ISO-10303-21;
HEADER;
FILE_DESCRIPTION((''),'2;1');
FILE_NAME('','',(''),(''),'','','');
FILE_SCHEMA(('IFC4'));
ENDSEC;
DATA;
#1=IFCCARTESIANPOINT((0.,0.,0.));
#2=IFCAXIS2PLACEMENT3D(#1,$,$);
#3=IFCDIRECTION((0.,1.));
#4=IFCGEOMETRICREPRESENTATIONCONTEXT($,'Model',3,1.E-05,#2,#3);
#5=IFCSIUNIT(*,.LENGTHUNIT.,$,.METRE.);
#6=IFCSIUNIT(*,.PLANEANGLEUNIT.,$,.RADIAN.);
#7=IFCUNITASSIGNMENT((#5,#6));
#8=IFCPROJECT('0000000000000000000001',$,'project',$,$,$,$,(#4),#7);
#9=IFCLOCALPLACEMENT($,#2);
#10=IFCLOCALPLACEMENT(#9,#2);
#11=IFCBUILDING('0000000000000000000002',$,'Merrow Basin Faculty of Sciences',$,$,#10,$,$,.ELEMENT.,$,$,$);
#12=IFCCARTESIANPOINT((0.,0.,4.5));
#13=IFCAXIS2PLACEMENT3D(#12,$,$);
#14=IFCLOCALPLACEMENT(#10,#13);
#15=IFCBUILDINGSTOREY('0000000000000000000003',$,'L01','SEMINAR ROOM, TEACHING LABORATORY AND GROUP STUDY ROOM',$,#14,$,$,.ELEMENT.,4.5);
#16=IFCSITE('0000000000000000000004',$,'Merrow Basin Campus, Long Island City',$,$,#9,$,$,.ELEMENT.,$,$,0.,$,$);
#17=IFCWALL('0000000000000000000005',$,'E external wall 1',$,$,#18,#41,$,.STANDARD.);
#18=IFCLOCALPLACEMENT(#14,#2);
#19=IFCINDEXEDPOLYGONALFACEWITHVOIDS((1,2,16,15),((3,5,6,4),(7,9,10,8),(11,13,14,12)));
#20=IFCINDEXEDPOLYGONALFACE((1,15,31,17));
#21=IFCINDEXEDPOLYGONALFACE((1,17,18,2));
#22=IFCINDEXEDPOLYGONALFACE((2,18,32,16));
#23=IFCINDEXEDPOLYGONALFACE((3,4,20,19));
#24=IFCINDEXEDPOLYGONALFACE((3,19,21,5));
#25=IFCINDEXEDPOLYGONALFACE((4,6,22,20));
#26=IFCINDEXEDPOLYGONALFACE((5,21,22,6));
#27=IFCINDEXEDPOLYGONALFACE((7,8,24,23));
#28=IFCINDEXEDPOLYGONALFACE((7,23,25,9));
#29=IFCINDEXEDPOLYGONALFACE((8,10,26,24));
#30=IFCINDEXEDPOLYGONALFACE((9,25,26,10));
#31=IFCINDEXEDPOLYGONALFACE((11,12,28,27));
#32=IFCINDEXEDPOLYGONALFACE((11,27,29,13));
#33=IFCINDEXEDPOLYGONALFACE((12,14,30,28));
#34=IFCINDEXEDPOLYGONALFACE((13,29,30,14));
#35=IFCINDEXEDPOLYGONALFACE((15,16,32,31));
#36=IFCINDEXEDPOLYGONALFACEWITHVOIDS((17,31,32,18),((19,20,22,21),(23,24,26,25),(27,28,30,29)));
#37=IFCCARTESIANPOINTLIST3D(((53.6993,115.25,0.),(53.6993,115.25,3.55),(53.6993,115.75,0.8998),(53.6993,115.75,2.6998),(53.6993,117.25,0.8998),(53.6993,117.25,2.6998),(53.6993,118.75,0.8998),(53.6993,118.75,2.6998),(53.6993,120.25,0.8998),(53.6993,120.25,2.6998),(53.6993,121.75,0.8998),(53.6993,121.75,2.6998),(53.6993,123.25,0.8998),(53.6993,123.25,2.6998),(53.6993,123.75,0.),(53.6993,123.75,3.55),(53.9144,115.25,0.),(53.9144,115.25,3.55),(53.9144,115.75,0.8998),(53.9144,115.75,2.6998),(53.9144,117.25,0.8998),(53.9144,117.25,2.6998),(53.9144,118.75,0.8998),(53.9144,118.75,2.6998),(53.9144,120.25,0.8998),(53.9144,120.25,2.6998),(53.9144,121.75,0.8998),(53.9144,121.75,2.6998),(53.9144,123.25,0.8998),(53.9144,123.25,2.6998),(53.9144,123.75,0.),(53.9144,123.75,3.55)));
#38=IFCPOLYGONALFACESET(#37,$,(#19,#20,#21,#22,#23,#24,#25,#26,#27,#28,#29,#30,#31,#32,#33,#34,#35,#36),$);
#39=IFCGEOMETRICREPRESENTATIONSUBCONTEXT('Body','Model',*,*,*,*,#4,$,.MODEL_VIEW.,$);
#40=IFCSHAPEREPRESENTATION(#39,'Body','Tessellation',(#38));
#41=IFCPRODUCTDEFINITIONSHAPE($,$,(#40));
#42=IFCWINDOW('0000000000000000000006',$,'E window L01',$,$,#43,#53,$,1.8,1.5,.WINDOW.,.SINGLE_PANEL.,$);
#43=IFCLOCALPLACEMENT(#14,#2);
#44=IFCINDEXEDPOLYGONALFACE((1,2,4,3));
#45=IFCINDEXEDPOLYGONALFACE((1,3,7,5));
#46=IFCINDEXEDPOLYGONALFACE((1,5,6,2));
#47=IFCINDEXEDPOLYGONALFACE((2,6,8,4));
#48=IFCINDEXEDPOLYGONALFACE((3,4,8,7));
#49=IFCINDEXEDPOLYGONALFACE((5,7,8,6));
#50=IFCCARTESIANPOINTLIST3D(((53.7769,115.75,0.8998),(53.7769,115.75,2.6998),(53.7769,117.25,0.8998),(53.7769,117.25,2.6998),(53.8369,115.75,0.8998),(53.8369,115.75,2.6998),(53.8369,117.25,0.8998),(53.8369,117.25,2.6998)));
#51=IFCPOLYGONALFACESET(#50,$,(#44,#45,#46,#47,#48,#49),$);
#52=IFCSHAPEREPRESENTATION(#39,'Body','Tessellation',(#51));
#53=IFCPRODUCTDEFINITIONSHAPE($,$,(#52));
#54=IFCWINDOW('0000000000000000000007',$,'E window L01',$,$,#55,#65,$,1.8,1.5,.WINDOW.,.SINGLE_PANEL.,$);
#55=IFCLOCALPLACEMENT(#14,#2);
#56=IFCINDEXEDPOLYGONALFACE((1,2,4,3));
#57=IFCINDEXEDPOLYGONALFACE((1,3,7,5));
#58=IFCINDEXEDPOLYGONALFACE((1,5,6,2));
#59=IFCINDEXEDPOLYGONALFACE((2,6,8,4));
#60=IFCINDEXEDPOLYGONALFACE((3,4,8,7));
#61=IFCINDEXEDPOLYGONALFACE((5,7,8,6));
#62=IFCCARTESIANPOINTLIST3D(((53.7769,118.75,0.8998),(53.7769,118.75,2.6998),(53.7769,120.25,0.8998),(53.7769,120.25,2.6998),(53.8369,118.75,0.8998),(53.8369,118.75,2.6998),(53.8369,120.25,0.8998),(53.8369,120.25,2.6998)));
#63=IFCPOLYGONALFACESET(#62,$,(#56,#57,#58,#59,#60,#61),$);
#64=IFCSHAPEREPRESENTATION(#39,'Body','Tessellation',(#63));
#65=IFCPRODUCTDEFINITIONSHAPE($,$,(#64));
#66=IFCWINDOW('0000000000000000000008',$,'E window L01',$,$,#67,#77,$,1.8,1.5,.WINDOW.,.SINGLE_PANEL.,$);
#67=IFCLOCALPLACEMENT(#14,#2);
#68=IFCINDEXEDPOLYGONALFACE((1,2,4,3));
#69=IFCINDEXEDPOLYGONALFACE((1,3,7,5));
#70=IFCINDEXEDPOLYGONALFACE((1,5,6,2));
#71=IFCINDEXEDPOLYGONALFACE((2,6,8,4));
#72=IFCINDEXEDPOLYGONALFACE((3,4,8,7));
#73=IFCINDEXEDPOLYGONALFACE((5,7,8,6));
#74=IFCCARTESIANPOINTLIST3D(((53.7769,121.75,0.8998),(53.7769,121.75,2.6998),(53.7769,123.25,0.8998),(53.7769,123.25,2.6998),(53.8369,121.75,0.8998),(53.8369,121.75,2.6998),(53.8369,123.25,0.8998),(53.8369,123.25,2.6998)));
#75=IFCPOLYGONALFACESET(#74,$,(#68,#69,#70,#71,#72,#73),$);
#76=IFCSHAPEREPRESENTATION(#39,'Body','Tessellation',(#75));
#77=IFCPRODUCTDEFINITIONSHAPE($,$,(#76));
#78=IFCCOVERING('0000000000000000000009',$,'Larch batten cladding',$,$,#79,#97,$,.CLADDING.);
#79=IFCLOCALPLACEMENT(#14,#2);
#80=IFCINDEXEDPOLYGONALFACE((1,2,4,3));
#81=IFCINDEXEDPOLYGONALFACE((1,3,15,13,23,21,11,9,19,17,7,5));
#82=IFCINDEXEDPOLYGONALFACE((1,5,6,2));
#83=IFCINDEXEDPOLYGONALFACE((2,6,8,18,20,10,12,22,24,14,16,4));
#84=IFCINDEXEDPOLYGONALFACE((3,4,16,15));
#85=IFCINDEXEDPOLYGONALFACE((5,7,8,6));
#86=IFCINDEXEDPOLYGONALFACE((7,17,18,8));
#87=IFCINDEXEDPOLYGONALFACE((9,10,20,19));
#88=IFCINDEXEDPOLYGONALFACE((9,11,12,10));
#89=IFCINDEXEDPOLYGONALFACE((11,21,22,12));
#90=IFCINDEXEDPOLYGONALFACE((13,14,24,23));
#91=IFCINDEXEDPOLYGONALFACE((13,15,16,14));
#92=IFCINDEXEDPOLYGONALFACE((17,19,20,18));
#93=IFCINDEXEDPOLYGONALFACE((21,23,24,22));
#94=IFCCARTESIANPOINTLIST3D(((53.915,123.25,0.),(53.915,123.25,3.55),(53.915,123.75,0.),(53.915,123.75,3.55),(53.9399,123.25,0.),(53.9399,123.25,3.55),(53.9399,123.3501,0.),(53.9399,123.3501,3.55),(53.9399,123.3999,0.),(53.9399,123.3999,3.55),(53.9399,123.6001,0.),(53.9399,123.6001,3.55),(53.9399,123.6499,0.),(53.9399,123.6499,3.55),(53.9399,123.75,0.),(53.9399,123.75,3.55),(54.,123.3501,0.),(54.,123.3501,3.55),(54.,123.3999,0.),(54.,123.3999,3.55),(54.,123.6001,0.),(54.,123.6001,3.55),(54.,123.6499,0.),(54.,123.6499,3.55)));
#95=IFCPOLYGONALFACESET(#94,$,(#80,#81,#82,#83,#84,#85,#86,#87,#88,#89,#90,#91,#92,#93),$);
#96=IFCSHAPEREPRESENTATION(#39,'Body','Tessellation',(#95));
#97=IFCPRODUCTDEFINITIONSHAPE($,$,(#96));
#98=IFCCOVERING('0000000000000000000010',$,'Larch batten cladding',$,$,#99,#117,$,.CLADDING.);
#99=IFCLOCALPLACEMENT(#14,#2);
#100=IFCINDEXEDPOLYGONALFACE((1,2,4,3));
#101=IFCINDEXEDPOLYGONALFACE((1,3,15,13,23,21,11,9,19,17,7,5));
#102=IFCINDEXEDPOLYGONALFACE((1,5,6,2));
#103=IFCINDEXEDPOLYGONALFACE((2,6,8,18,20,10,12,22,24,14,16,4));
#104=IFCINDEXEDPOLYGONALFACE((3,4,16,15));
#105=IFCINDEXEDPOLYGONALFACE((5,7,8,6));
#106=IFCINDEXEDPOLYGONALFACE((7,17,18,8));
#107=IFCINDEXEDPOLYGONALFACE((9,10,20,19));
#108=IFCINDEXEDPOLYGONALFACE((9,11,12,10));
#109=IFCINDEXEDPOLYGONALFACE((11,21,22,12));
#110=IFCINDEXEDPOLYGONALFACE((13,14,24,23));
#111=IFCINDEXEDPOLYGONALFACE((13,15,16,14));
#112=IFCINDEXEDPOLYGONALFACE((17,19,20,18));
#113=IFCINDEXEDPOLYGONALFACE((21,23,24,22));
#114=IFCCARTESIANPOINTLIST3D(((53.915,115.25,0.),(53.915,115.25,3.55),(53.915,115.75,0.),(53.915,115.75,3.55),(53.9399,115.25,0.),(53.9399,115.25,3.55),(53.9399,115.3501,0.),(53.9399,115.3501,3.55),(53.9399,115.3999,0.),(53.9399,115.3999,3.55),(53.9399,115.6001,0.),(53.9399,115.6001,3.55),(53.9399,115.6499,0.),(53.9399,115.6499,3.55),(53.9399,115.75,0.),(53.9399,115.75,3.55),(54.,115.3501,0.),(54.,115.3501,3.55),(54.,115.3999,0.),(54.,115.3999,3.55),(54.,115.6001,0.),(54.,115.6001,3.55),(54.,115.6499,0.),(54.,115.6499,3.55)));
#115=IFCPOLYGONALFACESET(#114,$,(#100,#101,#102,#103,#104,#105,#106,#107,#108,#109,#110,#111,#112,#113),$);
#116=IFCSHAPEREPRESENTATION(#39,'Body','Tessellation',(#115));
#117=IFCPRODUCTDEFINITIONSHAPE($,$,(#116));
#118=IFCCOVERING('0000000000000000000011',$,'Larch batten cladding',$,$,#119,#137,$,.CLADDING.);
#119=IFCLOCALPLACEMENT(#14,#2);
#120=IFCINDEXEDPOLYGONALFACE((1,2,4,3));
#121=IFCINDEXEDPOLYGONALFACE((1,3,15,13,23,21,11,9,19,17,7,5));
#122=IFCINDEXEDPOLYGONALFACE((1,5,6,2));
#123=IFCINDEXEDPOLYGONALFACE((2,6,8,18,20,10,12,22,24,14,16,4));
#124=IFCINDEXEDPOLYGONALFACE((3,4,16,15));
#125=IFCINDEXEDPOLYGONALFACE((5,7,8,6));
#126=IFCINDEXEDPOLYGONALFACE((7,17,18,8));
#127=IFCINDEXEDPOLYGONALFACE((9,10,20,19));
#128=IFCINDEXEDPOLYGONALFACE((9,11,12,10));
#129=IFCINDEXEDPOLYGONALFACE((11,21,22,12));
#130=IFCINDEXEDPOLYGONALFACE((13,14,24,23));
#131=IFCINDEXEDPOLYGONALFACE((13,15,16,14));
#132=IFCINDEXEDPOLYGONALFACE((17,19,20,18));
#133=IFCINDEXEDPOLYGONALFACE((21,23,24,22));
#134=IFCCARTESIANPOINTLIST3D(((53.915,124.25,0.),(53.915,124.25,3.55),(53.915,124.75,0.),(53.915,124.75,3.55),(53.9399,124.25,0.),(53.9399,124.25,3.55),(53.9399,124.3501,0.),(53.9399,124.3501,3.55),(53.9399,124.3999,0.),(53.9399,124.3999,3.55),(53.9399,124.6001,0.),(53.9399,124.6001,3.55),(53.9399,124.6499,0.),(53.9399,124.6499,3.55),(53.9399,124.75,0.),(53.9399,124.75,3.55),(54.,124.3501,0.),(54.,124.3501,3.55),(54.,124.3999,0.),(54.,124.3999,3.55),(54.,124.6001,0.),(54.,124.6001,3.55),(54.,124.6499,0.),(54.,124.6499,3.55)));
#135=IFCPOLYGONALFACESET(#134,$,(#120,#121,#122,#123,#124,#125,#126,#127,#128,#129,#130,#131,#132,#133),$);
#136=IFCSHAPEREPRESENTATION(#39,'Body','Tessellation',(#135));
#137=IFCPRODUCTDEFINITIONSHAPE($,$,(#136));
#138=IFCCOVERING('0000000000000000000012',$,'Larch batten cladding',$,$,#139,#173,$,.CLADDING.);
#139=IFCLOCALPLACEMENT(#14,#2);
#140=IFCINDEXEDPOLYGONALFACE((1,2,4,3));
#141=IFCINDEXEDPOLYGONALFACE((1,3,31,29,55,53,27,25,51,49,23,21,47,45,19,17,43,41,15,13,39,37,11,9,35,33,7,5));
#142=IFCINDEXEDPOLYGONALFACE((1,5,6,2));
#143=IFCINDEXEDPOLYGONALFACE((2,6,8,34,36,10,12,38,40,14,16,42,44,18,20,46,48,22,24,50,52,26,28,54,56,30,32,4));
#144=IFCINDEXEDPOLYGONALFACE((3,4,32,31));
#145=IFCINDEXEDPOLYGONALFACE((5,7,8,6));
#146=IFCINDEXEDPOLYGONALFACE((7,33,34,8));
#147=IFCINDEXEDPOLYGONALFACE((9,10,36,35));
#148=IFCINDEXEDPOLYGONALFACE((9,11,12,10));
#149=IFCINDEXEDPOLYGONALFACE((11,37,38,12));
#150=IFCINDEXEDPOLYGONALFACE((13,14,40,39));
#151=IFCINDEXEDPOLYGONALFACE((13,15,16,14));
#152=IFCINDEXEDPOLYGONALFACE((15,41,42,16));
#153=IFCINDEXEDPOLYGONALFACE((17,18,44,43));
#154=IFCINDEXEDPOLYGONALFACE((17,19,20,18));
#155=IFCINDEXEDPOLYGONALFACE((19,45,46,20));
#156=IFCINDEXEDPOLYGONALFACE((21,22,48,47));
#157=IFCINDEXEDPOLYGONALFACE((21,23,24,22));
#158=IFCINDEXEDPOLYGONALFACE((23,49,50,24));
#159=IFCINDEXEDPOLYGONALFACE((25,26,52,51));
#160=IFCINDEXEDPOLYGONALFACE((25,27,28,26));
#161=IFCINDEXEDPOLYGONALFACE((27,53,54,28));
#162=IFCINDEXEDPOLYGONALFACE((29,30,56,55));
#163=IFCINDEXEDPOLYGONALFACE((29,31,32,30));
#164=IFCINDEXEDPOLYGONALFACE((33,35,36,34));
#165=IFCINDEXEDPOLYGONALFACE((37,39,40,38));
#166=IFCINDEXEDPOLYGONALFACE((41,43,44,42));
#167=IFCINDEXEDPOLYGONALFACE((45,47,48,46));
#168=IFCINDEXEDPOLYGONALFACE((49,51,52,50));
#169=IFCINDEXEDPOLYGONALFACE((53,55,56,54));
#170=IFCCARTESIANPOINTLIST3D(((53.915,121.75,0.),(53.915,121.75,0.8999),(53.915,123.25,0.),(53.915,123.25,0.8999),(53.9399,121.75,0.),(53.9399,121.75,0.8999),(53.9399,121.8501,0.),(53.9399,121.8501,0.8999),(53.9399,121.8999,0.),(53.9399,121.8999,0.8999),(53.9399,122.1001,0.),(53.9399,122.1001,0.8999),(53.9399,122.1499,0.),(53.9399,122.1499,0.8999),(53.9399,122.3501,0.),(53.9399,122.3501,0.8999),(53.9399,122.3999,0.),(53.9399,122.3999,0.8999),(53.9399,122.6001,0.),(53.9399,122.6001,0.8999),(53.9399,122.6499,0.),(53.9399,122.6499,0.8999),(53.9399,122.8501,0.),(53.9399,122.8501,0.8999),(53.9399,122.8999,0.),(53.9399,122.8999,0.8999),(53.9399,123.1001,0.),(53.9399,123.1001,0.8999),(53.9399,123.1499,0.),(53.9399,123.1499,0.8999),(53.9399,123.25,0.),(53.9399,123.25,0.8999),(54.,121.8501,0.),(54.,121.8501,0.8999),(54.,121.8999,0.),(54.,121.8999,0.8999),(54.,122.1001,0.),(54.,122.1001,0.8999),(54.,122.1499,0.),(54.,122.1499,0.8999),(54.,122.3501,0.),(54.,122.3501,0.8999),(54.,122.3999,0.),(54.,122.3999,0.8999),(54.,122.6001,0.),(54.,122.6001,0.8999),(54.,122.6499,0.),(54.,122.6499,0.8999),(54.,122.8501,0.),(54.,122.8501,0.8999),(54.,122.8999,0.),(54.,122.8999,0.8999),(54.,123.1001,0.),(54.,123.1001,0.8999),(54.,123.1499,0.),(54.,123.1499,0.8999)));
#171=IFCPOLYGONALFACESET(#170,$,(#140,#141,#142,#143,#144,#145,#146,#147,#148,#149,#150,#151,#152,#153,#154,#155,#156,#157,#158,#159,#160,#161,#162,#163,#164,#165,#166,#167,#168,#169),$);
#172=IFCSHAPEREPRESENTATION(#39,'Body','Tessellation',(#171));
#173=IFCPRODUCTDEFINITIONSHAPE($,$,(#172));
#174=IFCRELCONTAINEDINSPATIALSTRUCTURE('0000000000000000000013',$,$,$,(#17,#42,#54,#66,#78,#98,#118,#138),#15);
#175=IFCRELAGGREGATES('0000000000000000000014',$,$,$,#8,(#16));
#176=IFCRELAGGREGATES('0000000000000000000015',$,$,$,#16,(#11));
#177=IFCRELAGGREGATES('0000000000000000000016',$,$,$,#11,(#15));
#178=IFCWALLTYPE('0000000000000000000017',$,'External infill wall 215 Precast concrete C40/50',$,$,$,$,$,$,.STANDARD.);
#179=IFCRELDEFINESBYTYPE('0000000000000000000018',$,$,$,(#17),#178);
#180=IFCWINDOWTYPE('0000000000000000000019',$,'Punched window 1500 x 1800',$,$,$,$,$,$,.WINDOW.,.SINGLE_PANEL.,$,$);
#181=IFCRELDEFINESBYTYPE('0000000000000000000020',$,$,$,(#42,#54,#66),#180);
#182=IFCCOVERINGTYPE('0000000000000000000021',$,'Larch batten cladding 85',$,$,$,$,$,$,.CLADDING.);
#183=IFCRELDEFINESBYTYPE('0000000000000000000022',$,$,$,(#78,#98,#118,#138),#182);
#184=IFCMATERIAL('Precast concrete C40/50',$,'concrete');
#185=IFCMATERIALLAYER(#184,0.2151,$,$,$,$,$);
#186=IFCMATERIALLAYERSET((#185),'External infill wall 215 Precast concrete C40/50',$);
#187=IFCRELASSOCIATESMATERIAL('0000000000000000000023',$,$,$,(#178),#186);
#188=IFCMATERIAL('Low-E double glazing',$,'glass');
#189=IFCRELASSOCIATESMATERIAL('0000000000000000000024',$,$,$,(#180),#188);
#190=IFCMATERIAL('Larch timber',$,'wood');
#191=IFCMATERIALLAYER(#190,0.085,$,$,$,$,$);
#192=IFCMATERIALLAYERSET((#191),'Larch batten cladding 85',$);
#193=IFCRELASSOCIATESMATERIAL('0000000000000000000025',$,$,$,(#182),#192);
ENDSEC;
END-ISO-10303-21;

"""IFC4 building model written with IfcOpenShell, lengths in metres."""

from ifc_helpers import new_model, si_unit, direction, frame, frame_2d, origin, place, context, subcontext, project, spatial, polyline, rectangle, outline, extrude, source, transform, mapped, material, layer, layer_set, type_object, element, fill, save


model = new_model("IFC4")

# Units and contexts
model_context = context("Model", 3, precision=1e-05, world=origin(), true_north=direction((0.0, 1.0)))
body_context = subcontext(model_context, "Body", "Model", "MODEL_VIEW")
ifc_project = project(units=[si_unit("LENGTHUNIT", "METRE"), si_unit("PLANEANGLEUNIT", "RADIAN")], contexts=[model_context])

# Site, building, storey
site_placement = place(None, origin())
site = spatial("IfcSite", under=ifc_project, at=site_placement, Name="Merrow Basin Campus, Long Island City", CompositionType="ELEMENT", RefElevation=0.0)
building_placement = place(site_placement, origin())
building = spatial("IfcBuilding", under=site, at=building_placement, Name="Merrow Basin Faculty of Sciences", CompositionType="ELEMENT")
storey_placement = place(building_placement, frame((0.0, 0.0, 4.5)))
storey = spatial("IfcBuildingStorey", under=building, at=storey_placement, Name="L01", Description="SEMINAR ROOM, TEACHING LABORATORY AND GROUP STUDY ROOM", CompositionType="ELEMENT", Elevation=4.5)

# Wall, openings, windows
ifc_material_1 = material(Name="Precast concrete C40/50", Category="concrete")
ifc_layer_1 = layer(ifc_material_1, 0.2151)
ifc_layer_set_1 = layer_set([ifc_layer_1], Name="External infill wall 215 Precast concrete C40/50")
wall_type = type_object("IfcWallType", Name="External infill wall 215 Precast concrete C40/50", PredefinedType="STANDARD", material=ifc_layer_set_1)
wall_placement = place(storey_placement, frame((53.8069, 123.75, 0.0), z_axis=(0.0, 0.0, 1.0), x_axis=(0.0, -1.0, 0.0)))
wall = element("IfcWall", 1, at=wall_placement, inside=storey, type_object=wall_type, Name="E external wall 1", PredefinedType="STANDARD", context=body_context, shape_type="SweptSolid", body=[
    extrude(rectangle(XDim=8.5, YDim=0.2151, at=frame_2d((4.25, 0.0))), origin(), (0.0, 0.0, 1.0), 3.55),
])
opening_1_placement = place(wall_placement, frame((6.5, 0.0, 0.8999)))
opening_1 = element("IfcOpeningElement", 2, at=opening_1_placement, cuts=wall, PredefinedType="OPENING", context=body_context, shape_type="SweptSolid", body=[
    extrude(rectangle(XDim=1.5, YDim=1.8, at=frame_2d((0.75, 0.8999))), frame((0.0, 0.1174, 0.0), z_axis=(0.0, -1.0, 0.0), x_axis=(1.0, 0.0, 0.0)), (0.0, 0.0, 1.0), 0.2351),
])
opening_2_placement = place(wall_placement, frame((3.5, 0.0, 0.8999)))
opening_2 = element("IfcOpeningElement", 3, at=opening_2_placement, cuts=wall, PredefinedType="OPENING", context=body_context, shape_type="SweptSolid", body=[
    extrude(rectangle(XDim=1.5, YDim=1.8, at=frame_2d((0.75, 0.8999))), frame((0.0, 0.1174, 0.0), z_axis=(0.0, -1.0, 0.0), x_axis=(1.0, 0.0, 0.0)), (0.0, 0.0, 1.0), 0.2351),
])
opening_3_placement = place(wall_placement, frame((0.5, 0.0, 0.8999)))
opening_3 = element("IfcOpeningElement", 4, at=opening_3_placement, cuts=wall, PredefinedType="OPENING", context=body_context, shape_type="SweptSolid", body=[
    extrude(rectangle(XDim=1.5, YDim=1.8, at=frame_2d((0.75, 0.8999))), frame((0.0, 0.1174, 0.0), z_axis=(0.0, -1.0, 0.0), x_axis=(1.0, 0.0, 0.0)), (0.0, 0.0, 1.0), 0.2351),
])
ifc_material_2 = material(Name="Low-E double glazing", Category="glass")
window_type = type_object("IfcWindowType", Name="Punched window 1500 x 1800", PartitioningType="SINGLE_PANEL", PredefinedType="WINDOW", material=ifc_material_2)
window_1_placement = place(opening_1_placement, origin())
window_1 = element("IfcWindow", 5, at=window_1_placement, inside=storey, type_object=window_type, Name="E window L01", OverallHeight=1.8, OverallWidth=1.5, PartitioningType="SINGLE_PANEL", PredefinedType="WINDOW", context=body_context, shape_type="SweptSolid", body=[
    extrude(rectangle(XDim=1.5, YDim=1.8, at=frame_2d((0.75, 0.8999))), frame((0.0, 0.03, 0.0), z_axis=(0.0, -1.0, 0.0), x_axis=(1.0, 0.0, 0.0)), (0.0, 0.0, 1.0), 0.0601),
])
fill(opening_1, window_1)
window_2_placement = place(opening_2_placement, origin())
window_2 = element("IfcWindow", 6, at=window_2_placement, inside=storey, type_object=window_type, Name="E window L01", OverallHeight=1.8, OverallWidth=1.5, PartitioningType="SINGLE_PANEL", PredefinedType="WINDOW", context=body_context, shape_type="SweptSolid", body=[
    extrude(rectangle(XDim=1.5, YDim=1.8, at=frame_2d((0.75, 0.8999))), frame((0.0, 0.03, 0.0), z_axis=(0.0, -1.0, 0.0), x_axis=(1.0, 0.0, 0.0)), (0.0, 0.0, 1.0), 0.0601),
])
fill(opening_2, window_2)
window_3_placement = place(opening_3_placement, origin())
window_3 = element("IfcWindow", 7, at=window_3_placement, inside=storey, type_object=window_type, Name="E window L01", OverallHeight=1.8, OverallWidth=1.5, PartitioningType="SINGLE_PANEL", PredefinedType="WINDOW", context=body_context, shape_type="SweptSolid", body=[
    extrude(rectangle(XDim=1.5, YDim=1.8, at=frame_2d((0.75, 0.8999))), frame((0.0, 0.03, 0.0), z_axis=(0.0, -1.0, 0.0), x_axis=(1.0, 0.0, 0.0)), (0.0, 0.0, 1.0), 0.0601),
])
fill(opening_3, window_3)

# Coverings
ifc_material_3 = material(Name="Larch timber", Category="wood")
ifc_layer_2 = layer(ifc_material_3, 0.085)
ifc_layer_set_2 = layer_set([ifc_layer_2], Name="Larch batten cladding 85")
covering_type = type_object("IfcCoveringType", Name="Larch batten cladding 85", PredefinedType="CLADDING", material=ifc_layer_set_2)
shared_shape_1 = source(origin(), body_context, "Body", "SweptSolid", [
    extrude(outline(polyline([(0.0, 0.0), (0.5, 0.0), (0.5, 0.0249), (0.3999, 0.0249), (0.3999, 0.085), (0.3501, 0.085), (0.3501, 0.0249), (0.1499, 0.0249), (0.1499, 0.085), (0.1001, 0.085), (0.1001, 0.0249), (0.0, 0.0249), (0.0, 0.0)])), origin(), (0.0, 0.0, 1.0), 3.55),
])
for number, where, z_axis, x_axis, name in (
    (8, (53.915, 123.75, 0.0), (0.0, 0.0, 1.0), (0.0, -1.0, 0.0), "Larch batten cladding"),
    (9, (53.915, 115.75, 0.0), (0.0, 0.0, 1.0), (0.0, -1.0, 0.0), "Larch batten cladding"),
    (10, (53.915, 124.75, 0.0), (0.0, 0.0, 1.0), (0.0, -1.0, 0.0), "Larch batten cladding"),
):
    element("IfcCovering", number, at=place(storey_placement, frame(where, z_axis=z_axis, x_axis=x_axis)), inside=storey, type_object=covering_type, Name=name, PredefinedType="CLADDING", context=body_context, shape_type="MappedRepresentation", body=[
        mapped(shared_shape_1, transform((0.0, 0.0, 0.0), scale=1.0)),
    ])
shared_shape_2 = source(origin(), body_context, "Body", "SweptSolid", [
    extrude(outline(polyline([(0.0, 0.0), (1.5, 0.0), (1.5, 0.0249), (1.3999, 0.0249), (1.3999, 0.085), (1.3501, 0.085), (1.3501, 0.0249), (1.1499, 0.0249), (1.1499, 0.085), (1.1001, 0.085), (1.1001, 0.0249), (0.8999, 0.0249), (0.8999, 0.085), (0.8501, 0.085), (0.8501, 0.0249), (0.6499, 0.0249), (0.6499, 0.085), (0.6001, 0.085), (0.6001, 0.0249), (0.3999, 0.0249), (0.3999, 0.085), (0.3501, 0.085), (0.3501, 0.0249), (0.1499, 0.0249), (0.1499, 0.085), (0.1001, 0.085), (0.1001, 0.0249), (0.0, 0.0249), (0.0, 0.0)])), origin(), (0.0, 0.0, 1.0), 0.8999),
])
for number, where, z_axis, x_axis, name in (
    (11, (53.915, 123.25, 0.0), (0.0, 0.0, 1.0), (0.0, -1.0, 0.0), "Larch batten cladding"),
):
    element("IfcCovering", number, at=place(storey_placement, frame(where, z_axis=z_axis, x_axis=x_axis)), inside=storey, type_object=covering_type, Name=name, PredefinedType="CLADDING", context=body_context, shape_type="MappedRepresentation", body=[
        mapped(shared_shape_2, transform((0.0, 0.0, 0.0), scale=1.0)),
    ])

save(model, "model.ifc")
